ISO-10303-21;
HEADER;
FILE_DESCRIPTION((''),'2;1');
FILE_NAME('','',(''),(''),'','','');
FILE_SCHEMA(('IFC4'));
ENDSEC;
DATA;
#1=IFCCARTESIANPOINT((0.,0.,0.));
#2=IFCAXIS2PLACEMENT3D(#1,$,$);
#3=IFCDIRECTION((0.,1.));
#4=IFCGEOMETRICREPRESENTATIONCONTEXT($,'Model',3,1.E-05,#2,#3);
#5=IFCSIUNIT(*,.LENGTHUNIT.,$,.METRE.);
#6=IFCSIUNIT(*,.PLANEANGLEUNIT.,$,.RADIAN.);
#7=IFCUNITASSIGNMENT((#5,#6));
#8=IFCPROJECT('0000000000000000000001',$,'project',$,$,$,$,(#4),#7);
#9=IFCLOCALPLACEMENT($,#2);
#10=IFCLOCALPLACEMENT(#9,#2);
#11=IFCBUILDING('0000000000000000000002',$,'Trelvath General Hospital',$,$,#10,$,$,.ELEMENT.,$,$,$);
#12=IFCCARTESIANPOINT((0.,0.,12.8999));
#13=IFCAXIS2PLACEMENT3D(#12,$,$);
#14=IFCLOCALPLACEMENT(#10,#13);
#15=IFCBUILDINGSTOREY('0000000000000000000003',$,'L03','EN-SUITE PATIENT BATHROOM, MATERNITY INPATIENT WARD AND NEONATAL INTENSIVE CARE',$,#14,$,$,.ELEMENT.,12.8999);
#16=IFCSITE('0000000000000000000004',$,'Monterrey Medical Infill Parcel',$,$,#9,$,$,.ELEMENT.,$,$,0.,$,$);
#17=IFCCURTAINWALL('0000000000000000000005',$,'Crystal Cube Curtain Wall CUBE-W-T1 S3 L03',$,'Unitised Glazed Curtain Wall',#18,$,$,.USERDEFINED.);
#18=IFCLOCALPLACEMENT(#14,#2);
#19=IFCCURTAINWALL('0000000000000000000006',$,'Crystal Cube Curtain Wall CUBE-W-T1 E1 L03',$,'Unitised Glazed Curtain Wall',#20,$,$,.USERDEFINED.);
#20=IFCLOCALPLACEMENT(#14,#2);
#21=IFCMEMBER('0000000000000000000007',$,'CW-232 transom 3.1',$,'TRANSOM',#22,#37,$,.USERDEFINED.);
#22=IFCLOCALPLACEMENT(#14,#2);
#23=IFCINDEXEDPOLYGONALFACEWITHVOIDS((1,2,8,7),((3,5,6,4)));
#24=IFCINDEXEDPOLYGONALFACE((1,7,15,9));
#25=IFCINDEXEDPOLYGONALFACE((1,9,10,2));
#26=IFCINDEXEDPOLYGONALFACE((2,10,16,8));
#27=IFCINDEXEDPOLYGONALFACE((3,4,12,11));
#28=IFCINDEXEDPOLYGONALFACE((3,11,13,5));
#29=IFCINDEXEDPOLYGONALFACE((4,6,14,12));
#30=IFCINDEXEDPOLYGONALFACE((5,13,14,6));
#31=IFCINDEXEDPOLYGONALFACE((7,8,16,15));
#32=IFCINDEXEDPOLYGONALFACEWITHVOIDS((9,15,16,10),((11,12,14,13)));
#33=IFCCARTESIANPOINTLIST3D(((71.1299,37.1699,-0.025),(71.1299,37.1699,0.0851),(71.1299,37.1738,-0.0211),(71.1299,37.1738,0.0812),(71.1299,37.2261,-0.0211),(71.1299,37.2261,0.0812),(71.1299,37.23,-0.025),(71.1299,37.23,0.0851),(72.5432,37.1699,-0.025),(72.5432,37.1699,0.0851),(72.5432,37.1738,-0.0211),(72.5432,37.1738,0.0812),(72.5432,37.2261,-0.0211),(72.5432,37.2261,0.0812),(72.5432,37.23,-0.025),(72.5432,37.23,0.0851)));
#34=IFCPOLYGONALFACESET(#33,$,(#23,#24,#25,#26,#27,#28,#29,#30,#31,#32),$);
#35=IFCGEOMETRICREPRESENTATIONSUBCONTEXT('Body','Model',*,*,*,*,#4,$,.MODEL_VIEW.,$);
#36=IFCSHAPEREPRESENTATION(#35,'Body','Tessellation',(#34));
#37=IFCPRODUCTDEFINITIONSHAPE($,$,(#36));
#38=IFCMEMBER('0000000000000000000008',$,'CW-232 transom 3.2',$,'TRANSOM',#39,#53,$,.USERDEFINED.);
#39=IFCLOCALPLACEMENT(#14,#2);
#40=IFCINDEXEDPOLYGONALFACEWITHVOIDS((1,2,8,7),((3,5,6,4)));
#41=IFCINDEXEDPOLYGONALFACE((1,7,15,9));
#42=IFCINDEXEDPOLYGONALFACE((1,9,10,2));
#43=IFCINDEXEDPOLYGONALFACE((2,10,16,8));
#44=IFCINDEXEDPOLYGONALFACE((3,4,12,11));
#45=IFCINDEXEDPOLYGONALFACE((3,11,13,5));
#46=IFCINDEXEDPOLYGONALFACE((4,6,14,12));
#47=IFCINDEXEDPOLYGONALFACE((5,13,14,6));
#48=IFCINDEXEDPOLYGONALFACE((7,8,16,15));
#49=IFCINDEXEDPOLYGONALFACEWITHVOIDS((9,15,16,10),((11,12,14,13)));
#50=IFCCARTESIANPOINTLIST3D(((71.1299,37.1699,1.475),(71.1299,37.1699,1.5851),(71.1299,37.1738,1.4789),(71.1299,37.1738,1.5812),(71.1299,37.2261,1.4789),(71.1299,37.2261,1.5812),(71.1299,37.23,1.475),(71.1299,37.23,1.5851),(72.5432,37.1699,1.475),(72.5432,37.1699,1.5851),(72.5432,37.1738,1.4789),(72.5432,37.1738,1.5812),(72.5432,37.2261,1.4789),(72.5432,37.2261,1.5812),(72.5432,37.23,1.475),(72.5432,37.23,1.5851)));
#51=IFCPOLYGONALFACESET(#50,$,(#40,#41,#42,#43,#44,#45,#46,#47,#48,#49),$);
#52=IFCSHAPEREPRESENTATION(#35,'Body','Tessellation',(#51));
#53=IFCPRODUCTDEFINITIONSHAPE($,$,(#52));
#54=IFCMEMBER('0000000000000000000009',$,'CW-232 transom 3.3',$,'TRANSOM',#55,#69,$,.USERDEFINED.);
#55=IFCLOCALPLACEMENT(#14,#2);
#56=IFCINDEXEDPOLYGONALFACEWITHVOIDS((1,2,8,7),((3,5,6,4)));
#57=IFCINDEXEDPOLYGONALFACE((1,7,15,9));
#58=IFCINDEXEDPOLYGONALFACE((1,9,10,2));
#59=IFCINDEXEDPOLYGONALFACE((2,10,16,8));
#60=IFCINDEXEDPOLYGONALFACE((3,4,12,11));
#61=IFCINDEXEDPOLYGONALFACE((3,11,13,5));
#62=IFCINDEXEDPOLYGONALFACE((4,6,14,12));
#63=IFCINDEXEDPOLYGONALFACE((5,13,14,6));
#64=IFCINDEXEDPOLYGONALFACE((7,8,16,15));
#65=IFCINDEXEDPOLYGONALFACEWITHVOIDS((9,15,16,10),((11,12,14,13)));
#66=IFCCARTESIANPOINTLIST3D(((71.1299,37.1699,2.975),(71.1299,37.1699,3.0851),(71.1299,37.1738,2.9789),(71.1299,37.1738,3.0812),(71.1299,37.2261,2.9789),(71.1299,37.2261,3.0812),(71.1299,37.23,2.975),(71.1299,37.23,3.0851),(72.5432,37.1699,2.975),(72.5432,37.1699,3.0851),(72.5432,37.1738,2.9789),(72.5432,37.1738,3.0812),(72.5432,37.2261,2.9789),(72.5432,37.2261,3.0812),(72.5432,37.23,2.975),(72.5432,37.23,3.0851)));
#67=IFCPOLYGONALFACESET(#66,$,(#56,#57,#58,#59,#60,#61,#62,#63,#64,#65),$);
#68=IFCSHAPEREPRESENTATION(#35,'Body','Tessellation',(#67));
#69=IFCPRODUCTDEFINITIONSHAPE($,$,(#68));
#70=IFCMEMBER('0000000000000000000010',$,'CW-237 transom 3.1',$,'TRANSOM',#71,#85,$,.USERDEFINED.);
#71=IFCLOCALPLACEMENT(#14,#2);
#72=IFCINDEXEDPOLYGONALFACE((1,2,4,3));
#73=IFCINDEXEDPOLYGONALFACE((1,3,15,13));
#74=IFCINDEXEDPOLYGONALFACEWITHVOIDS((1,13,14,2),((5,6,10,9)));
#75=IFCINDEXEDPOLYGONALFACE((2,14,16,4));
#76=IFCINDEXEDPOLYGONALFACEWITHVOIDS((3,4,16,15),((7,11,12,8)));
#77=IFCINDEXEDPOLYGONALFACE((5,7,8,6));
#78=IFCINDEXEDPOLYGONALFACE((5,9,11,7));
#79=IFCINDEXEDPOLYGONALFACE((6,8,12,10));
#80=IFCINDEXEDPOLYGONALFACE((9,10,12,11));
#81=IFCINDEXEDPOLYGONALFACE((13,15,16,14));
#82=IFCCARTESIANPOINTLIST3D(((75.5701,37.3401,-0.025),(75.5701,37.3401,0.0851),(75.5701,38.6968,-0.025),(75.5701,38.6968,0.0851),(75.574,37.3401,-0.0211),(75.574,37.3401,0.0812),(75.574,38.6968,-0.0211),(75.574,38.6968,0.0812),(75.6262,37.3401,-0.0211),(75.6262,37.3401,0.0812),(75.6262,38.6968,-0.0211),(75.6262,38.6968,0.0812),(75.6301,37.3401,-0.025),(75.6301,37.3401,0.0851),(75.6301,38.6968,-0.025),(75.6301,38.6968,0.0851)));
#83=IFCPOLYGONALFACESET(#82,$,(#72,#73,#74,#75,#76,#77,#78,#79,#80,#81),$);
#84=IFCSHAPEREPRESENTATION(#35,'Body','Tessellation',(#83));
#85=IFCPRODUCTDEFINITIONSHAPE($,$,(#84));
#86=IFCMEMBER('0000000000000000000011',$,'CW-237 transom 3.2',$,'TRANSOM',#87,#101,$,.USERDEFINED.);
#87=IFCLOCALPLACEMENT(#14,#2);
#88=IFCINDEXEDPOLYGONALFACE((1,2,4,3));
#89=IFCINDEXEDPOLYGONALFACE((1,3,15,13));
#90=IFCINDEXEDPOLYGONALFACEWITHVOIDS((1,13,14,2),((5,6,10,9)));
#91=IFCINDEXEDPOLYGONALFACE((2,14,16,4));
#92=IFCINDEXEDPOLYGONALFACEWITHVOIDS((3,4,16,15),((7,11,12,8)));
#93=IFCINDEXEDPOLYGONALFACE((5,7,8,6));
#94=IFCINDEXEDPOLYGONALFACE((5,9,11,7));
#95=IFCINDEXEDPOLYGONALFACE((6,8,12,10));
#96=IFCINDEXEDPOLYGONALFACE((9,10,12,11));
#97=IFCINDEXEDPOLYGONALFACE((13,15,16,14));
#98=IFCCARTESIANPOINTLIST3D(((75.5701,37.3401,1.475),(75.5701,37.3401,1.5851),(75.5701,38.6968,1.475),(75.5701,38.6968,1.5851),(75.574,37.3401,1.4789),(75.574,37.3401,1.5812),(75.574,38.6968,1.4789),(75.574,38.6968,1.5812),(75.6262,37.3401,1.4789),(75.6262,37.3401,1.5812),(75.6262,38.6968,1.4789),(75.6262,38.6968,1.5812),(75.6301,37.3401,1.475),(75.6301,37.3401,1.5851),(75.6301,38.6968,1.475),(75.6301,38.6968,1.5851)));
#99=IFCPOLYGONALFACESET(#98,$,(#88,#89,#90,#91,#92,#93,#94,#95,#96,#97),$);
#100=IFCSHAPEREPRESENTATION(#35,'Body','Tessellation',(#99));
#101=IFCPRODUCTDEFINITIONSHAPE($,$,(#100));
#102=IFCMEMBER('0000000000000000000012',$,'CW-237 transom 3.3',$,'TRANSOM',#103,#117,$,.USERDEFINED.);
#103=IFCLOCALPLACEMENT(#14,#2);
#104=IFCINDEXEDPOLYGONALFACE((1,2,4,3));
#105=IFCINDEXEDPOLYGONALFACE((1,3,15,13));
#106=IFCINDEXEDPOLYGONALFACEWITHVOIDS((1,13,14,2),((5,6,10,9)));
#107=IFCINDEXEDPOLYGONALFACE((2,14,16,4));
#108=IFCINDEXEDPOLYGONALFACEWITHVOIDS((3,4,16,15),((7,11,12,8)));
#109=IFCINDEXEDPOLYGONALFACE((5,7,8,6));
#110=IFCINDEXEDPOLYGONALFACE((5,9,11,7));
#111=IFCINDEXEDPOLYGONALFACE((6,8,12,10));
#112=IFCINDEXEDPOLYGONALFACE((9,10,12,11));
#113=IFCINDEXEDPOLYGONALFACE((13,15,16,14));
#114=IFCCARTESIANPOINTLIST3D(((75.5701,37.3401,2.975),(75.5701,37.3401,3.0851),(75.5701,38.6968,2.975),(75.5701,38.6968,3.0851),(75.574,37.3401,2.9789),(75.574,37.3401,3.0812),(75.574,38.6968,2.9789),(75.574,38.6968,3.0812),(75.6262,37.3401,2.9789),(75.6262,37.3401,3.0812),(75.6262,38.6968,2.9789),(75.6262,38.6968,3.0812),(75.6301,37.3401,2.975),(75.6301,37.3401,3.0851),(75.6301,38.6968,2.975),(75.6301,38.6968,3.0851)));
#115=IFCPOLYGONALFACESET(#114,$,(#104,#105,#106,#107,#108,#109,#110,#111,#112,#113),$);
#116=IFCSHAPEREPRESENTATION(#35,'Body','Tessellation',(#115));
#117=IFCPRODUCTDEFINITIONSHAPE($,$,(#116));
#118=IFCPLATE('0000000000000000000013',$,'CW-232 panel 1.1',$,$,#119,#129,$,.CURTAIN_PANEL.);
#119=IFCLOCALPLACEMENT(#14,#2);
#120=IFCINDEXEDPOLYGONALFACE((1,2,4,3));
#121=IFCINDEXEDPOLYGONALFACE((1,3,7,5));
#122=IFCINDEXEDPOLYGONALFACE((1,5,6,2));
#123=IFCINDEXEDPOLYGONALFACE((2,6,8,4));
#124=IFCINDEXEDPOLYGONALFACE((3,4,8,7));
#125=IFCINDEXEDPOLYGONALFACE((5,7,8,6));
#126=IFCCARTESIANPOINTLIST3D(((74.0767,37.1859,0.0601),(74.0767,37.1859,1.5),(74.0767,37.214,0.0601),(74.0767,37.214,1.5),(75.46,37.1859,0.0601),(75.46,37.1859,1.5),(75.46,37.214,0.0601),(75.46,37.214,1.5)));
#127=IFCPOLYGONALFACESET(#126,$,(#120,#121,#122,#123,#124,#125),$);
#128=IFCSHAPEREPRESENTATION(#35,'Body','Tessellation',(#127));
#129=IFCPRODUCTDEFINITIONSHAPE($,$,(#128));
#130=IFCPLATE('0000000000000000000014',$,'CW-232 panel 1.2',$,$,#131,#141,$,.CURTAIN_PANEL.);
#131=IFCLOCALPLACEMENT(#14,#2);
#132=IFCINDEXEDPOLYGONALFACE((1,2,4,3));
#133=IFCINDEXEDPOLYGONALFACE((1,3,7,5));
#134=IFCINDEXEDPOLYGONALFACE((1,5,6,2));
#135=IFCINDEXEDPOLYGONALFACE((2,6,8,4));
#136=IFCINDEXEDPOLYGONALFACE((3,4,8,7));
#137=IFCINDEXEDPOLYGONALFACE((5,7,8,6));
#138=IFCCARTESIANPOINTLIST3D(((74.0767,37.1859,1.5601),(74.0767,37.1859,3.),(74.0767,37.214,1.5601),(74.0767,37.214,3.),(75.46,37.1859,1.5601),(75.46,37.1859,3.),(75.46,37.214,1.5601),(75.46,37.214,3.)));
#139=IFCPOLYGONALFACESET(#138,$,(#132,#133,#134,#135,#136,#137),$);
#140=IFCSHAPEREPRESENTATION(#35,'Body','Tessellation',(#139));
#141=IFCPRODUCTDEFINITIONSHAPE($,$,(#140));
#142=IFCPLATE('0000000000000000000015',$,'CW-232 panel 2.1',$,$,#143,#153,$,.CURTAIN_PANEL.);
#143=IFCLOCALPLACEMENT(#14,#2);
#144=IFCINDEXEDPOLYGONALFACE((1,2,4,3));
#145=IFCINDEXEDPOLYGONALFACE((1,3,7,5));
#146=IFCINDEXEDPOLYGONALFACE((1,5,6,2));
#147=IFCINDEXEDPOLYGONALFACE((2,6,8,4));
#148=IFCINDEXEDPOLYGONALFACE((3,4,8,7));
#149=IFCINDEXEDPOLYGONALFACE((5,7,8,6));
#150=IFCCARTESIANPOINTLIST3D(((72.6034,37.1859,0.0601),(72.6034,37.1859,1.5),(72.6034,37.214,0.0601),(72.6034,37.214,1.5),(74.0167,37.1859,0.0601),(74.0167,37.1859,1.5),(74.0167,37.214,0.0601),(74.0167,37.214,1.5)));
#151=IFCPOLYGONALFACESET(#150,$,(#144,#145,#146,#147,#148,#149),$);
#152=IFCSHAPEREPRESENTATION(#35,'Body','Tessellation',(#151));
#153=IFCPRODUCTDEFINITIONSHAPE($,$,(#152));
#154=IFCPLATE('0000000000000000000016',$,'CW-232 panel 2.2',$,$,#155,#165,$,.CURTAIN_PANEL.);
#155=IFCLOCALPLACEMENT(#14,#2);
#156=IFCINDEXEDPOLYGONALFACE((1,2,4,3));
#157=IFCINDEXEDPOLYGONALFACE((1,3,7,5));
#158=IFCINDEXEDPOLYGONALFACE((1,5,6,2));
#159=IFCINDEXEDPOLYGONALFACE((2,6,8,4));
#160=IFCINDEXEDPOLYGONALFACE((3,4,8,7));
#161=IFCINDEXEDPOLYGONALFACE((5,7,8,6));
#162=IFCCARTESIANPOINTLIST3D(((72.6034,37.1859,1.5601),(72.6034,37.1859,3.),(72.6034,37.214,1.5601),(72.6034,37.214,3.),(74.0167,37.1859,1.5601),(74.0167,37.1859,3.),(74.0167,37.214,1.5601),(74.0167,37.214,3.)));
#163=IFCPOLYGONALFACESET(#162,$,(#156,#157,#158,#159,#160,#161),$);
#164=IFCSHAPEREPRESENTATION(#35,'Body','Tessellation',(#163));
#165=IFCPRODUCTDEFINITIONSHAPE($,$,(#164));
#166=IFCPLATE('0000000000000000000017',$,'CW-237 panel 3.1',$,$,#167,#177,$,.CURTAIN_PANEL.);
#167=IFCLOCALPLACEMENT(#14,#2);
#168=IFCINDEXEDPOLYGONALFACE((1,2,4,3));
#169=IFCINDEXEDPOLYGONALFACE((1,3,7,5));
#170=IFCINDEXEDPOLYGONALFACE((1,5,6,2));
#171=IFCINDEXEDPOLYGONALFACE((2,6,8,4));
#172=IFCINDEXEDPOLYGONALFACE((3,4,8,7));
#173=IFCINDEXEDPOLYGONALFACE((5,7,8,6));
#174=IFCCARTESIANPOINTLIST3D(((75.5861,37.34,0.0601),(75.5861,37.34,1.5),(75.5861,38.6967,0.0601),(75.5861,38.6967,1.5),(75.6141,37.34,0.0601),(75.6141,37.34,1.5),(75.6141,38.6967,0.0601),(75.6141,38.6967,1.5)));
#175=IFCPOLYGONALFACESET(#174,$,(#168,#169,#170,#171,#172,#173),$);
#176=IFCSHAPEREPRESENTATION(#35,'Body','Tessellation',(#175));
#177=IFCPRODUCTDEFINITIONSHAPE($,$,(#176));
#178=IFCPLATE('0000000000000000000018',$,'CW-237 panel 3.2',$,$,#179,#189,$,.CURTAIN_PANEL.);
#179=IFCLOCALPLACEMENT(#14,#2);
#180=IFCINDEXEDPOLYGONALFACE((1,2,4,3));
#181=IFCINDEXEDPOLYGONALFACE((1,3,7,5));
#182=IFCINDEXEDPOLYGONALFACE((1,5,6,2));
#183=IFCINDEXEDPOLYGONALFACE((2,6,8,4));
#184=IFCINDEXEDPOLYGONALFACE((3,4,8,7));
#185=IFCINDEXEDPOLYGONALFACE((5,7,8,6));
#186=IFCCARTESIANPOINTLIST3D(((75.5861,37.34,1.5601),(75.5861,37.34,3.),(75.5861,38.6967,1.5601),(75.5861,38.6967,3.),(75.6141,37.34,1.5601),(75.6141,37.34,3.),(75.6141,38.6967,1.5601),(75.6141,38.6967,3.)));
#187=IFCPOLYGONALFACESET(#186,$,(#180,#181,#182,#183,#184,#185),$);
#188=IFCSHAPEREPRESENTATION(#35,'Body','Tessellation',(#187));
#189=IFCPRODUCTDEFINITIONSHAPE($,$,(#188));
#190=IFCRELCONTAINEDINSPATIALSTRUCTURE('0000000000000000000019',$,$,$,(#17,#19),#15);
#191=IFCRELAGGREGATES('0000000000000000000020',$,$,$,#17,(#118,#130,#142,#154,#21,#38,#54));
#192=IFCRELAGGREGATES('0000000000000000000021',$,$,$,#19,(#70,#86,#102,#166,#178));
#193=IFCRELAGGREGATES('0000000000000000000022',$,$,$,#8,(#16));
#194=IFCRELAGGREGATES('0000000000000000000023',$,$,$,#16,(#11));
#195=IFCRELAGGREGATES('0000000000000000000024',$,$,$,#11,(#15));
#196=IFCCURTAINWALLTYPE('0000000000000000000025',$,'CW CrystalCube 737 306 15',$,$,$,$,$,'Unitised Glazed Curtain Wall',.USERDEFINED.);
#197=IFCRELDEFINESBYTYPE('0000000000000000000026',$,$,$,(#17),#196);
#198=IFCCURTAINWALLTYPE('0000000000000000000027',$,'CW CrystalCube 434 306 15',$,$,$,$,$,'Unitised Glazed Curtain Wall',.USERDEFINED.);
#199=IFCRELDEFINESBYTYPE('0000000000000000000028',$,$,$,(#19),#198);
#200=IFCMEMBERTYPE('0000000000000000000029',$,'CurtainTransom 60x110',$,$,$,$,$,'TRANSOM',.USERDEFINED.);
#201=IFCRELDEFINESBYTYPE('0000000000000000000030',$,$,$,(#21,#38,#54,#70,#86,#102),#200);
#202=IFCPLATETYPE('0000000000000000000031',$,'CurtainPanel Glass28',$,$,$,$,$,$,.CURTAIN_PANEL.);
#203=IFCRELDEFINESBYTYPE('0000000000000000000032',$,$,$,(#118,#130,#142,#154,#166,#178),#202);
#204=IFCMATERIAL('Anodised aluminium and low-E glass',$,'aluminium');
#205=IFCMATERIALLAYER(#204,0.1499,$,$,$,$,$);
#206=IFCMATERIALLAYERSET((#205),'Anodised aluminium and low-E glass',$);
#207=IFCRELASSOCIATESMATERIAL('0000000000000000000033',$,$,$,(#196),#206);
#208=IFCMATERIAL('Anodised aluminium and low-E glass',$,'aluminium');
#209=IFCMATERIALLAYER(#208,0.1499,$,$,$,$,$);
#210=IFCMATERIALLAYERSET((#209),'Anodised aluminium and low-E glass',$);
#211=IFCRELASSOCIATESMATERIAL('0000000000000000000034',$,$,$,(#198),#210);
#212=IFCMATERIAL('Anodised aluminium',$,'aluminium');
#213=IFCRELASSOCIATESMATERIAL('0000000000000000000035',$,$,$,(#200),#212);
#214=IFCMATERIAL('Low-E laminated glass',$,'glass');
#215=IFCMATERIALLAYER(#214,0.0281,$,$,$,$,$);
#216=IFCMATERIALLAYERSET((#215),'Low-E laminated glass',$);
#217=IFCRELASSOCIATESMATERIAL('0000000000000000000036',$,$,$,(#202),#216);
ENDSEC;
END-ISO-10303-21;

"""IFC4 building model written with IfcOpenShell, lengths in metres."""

from ifc_helpers import new_model, si_unit, direction, frame, origin, origin_2d, place, context, subcontext, project, spatial, rectangle, hollow_rectangle, extrude, material, layer, layer_set, material_profile, profile_set, type_object, element, aggregate, save


model = new_model("IFC4")

# Units and contexts
model_context = context("Model", 3, precision=1e-05, world=origin(), true_north=direction((0.0, 1.0)))
body_context = subcontext(model_context, "Body", "Model", "MODEL_VIEW")
ifc_project = project(units=[si_unit("LENGTHUNIT", "METRE"), si_unit("PLANEANGLEUNIT", "RADIAN")], contexts=[model_context])

# Site, building, storey
site_placement = place(None, origin())
site = spatial("IfcSite", under=ifc_project, at=site_placement, Name="Monterrey Medical Infill Parcel", CompositionType="ELEMENT", RefElevation=0.0)
building_placement = place(site_placement, origin())
building = spatial("IfcBuilding", under=site, at=building_placement, Name="Trelvath General Hospital", CompositionType="ELEMENT")
storey_placement = place(building_placement, frame((0.0, 0.0, 12.8999)))
storey = spatial("IfcBuildingStorey", under=building, at=storey_placement, Name="L03", Description="EN-SUITE PATIENT BATHROOM, MATERNITY INPATIENT WARD AND NEONATAL INTENSIVE CARE", CompositionType="ELEMENT", Elevation=12.8999)

# Curtain walls
ifc_material_1 = material(Name="Anodised aluminium and low-E glass", Category="aluminium")
ifc_layer_1 = layer(ifc_material_1, 0.1499)
ifc_layer_set_1 = layer_set([ifc_layer_1], Name="Anodised aluminium and low-E glass")
curtain_wall_type_1 = type_object("IfcCurtainWallType", Name="CW CrystalCube 737 306 15", ElementType="Unitised Glazed Curtain Wall", PredefinedType="USERDEFINED", material=ifc_layer_set_1)
curtain_wall_1_placement = place(storey_placement, origin())
curtain_wall_1 = element("IfcCurtainWall", 1, at=curtain_wall_1_placement, inside=storey, type_object=curtain_wall_type_1, Name="Crystal Cube Curtain Wall CUBE-W-T1 S3 L03", ObjectType="Unitised Glazed Curtain Wall", PredefinedType="USERDEFINED")
ifc_material_2 = material(Name="Anodised aluminium and low-E glass", Category="aluminium")
ifc_layer_2 = layer(ifc_material_2, 0.1499)
ifc_layer_set_2 = layer_set([ifc_layer_2], Name="Anodised aluminium and low-E glass")
curtain_wall_type_2 = type_object("IfcCurtainWallType", Name="CW CrystalCube 434 306 15", ElementType="Unitised Glazed Curtain Wall", PredefinedType="USERDEFINED", material=ifc_layer_set_2)
curtain_wall_2_placement = place(storey_placement, origin())
curtain_wall_2 = element("IfcCurtainWall", 2, at=curtain_wall_2_placement, inside=storey, type_object=curtain_wall_type_2, Name="Crystal Cube Curtain Wall CUBE-W-T1 E1 L03", ObjectType="Unitised Glazed Curtain Wall", PredefinedType="USERDEFINED")

# Members
ifc_material_3 = material(Name="Anodised aluminium", Category="aluminium")
ifc_material_profile_1 = material_profile(ifc_material_3, hollow_rectangle(XDim=0.0601, YDim=0.1101, WallThickness=0.0039, at=origin_2d()), Name="RHS60x110x4")
ifc_profile_set_1 = profile_set([ifc_material_profile_1], Name="Anodised aluminium")
member_type_1 = type_object("IfcMemberType", Name="CurtainTransom 60x110", ElementType="TRANSOM", PredefinedType="USERDEFINED", material=ifc_profile_set_1)
member_1_placement = place(storey_placement, frame((72.5432, 37.2, 0.03), z_axis=(-1.0, 0.0, 0.0), x_axis=(0.0, -1.0, 0.0)))
member_1 = element("IfcMember", 3, at=member_1_placement, type_object=member_type_1, Name="CW-232 transom 3.1", ObjectType="TRANSOM", PredefinedType="USERDEFINED", context=body_context, shape_type="SweptSolid", body=[
    extrude(hollow_rectangle(XDim=0.0601, YDim=0.1101, WallThickness=0.0039, at=origin_2d()), origin(), (0.0, 0.0, 1.0), 1.4133),
])
member_2_placement = place(storey_placement, frame((72.5432, 37.2, 1.53), z_axis=(-1.0, 0.0, 0.0), x_axis=(0.0, -1.0, 0.0)))
member_2 = element("IfcMember", 4, at=member_2_placement, type_object=member_type_1, Name="CW-232 transom 3.2", ObjectType="TRANSOM", PredefinedType="USERDEFINED", context=body_context, shape_type="SweptSolid", body=[
    extrude(hollow_rectangle(XDim=0.0601, YDim=0.1101, WallThickness=0.0039, at=origin_2d()), origin(), (0.0, 0.0, 1.0), 1.4133),
])
member_3_placement = place(storey_placement, frame((72.5432, 37.2, 3.03), z_axis=(-1.0, 0.0, 0.0), x_axis=(0.0, -1.0, 0.0)))
member_3 = element("IfcMember", 5, at=member_3_placement, type_object=member_type_1, Name="CW-232 transom 3.3", ObjectType="TRANSOM", PredefinedType="USERDEFINED", context=body_context, shape_type="SweptSolid", body=[
    extrude(hollow_rectangle(XDim=0.0601, YDim=0.1101, WallThickness=0.0039, at=origin_2d()), origin(), (0.0, 0.0, 1.0), 1.4133),
])
member_4_placement = place(storey_placement, frame((75.6001, 38.6968, 0.03), z_axis=(0.0, -1.0, 0.0), x_axis=(1.0, 0.0, 0.0)))
member_4 = element("IfcMember", 6, at=member_4_placement, type_object=member_type_1, Name="CW-237 transom 3.1", ObjectType="TRANSOM", PredefinedType="USERDEFINED", context=body_context, shape_type="SweptSolid", body=[
    extrude(hollow_rectangle(XDim=0.0601, YDim=0.1101, WallThickness=0.0039, at=origin_2d()), origin(), (0.0, 0.0, 1.0), 1.3567),
])
member_5_placement = place(storey_placement, frame((75.6001, 38.6968, 1.53), z_axis=(0.0, -1.0, 0.0), x_axis=(1.0, 0.0, 0.0)))
member_5 = element("IfcMember", 7, at=member_5_placement, type_object=member_type_1, Name="CW-237 transom 3.2", ObjectType="TRANSOM", PredefinedType="USERDEFINED", context=body_context, shape_type="SweptSolid", body=[
    extrude(hollow_rectangle(XDim=0.0601, YDim=0.1101, WallThickness=0.0039, at=origin_2d()), origin(), (0.0, 0.0, 1.0), 1.3567),
])
member_6_placement = place(storey_placement, frame((75.6001, 38.6968, 3.03), z_axis=(0.0, -1.0, 0.0), x_axis=(1.0, 0.0, 0.0)))
member_6 = element("IfcMember", 8, at=member_6_placement, type_object=member_type_1, Name="CW-237 transom 3.3", ObjectType="TRANSOM", PredefinedType="USERDEFINED", context=body_context, shape_type="SweptSolid", body=[
    extrude(hollow_rectangle(XDim=0.0601, YDim=0.1101, WallThickness=0.0039, at=origin_2d()), origin(), (0.0, 0.0, 1.0), 1.3567),
])

# Plates
ifc_material_4 = material(Name="Low-E laminated glass", Category="glass")
ifc_layer_3 = layer(ifc_material_4, 0.0281)
ifc_layer_set_3 = layer_set([ifc_layer_3], Name="Low-E laminated glass")
plate_type = type_object("IfcPlateType", Name="CurtainPanel Glass28", PredefinedType="CURTAIN_PANEL", material=ifc_layer_set_3)
plate_1_placement = place(storey_placement, frame((74.7683, 37.2, 0.0601), z_axis=(0.0, 0.0, 1.0), x_axis=(-1.0, 0.0, 0.0)))
plate_1 = element("IfcPlate", 9, at=plate_1_placement, type_object=plate_type, Name="CW-232 panel 1.1", PredefinedType="CURTAIN_PANEL", context=body_context, shape_type="SweptSolid", body=[
    extrude(rectangle(XDim=1.3833, YDim=0.0281, at=origin_2d()), origin(), (0.0, 0.0, 1.0), 1.4399),
])
plate_2_placement = place(storey_placement, frame((74.7683, 37.2, 1.5601), z_axis=(0.0, 0.0, 1.0), x_axis=(-1.0, 0.0, 0.0)))
plate_2 = element("IfcPlate", 10, at=plate_2_placement, type_object=plate_type, Name="CW-232 panel 1.2", PredefinedType="CURTAIN_PANEL", context=body_context, shape_type="SweptSolid", body=[
    extrude(rectangle(XDim=1.3833, YDim=0.0281, at=origin_2d()), origin(), (0.0, 0.0, 1.0), 1.4399),
])
plate_3_placement = place(storey_placement, frame((73.3101, 37.2, 0.0601), z_axis=(0.0, 0.0, 1.0), x_axis=(-1.0, 0.0, 0.0)))
plate_3 = element("IfcPlate", 11, at=plate_3_placement, type_object=plate_type, Name="CW-232 panel 2.1", PredefinedType="CURTAIN_PANEL", context=body_context, shape_type="SweptSolid", body=[
    extrude(rectangle(XDim=1.4133, YDim=0.0281, at=origin_2d()), origin(), (0.0, 0.0, 1.0), 1.4399),
])
plate_4_placement = place(storey_placement, frame((73.3101, 37.2, 1.5601), z_axis=(0.0, 0.0, 1.0), x_axis=(-1.0, 0.0, 0.0)))
plate_4 = element("IfcPlate", 12, at=plate_4_placement, type_object=plate_type, Name="CW-232 panel 2.2", PredefinedType="CURTAIN_PANEL", context=body_context, shape_type="SweptSolid", body=[
    extrude(rectangle(XDim=1.4133, YDim=0.0281, at=origin_2d()), origin(), (0.0, 0.0, 1.0), 1.4399),
])
aggregate(curtain_wall_1, [plate_1, plate_2, plate_3, plate_4, member_1, member_2, member_3])
plate_5_placement = place(storey_placement, frame((75.6001, 38.0183, 0.0601), z_axis=(0.0, 0.0, 1.0), x_axis=(0.0, -1.0, 0.0)))
plate_5 = element("IfcPlate", 13, at=plate_5_placement, type_object=plate_type, Name="CW-237 panel 3.1", PredefinedType="CURTAIN_PANEL", context=body_context, shape_type="SweptSolid", body=[
    extrude(rectangle(XDim=1.3567, YDim=0.0281, at=origin_2d()), origin(), (0.0, 0.0, 1.0), 1.4399),
])
plate_6_placement = place(storey_placement, frame((75.6001, 38.0183, 1.5601), z_axis=(0.0, 0.0, 1.0), x_axis=(0.0, -1.0, 0.0)))
plate_6 = element("IfcPlate", 14, at=plate_6_placement, type_object=plate_type, Name="CW-237 panel 3.2", PredefinedType="CURTAIN_PANEL", context=body_context, shape_type="SweptSolid", body=[
    extrude(rectangle(XDim=1.3567, YDim=0.0281, at=origin_2d()), origin(), (0.0, 0.0, 1.0), 1.4399),
])
aggregate(curtain_wall_2, [member_4, member_5, member_6, plate_5, plate_6])

save(model, "model.ifc")
